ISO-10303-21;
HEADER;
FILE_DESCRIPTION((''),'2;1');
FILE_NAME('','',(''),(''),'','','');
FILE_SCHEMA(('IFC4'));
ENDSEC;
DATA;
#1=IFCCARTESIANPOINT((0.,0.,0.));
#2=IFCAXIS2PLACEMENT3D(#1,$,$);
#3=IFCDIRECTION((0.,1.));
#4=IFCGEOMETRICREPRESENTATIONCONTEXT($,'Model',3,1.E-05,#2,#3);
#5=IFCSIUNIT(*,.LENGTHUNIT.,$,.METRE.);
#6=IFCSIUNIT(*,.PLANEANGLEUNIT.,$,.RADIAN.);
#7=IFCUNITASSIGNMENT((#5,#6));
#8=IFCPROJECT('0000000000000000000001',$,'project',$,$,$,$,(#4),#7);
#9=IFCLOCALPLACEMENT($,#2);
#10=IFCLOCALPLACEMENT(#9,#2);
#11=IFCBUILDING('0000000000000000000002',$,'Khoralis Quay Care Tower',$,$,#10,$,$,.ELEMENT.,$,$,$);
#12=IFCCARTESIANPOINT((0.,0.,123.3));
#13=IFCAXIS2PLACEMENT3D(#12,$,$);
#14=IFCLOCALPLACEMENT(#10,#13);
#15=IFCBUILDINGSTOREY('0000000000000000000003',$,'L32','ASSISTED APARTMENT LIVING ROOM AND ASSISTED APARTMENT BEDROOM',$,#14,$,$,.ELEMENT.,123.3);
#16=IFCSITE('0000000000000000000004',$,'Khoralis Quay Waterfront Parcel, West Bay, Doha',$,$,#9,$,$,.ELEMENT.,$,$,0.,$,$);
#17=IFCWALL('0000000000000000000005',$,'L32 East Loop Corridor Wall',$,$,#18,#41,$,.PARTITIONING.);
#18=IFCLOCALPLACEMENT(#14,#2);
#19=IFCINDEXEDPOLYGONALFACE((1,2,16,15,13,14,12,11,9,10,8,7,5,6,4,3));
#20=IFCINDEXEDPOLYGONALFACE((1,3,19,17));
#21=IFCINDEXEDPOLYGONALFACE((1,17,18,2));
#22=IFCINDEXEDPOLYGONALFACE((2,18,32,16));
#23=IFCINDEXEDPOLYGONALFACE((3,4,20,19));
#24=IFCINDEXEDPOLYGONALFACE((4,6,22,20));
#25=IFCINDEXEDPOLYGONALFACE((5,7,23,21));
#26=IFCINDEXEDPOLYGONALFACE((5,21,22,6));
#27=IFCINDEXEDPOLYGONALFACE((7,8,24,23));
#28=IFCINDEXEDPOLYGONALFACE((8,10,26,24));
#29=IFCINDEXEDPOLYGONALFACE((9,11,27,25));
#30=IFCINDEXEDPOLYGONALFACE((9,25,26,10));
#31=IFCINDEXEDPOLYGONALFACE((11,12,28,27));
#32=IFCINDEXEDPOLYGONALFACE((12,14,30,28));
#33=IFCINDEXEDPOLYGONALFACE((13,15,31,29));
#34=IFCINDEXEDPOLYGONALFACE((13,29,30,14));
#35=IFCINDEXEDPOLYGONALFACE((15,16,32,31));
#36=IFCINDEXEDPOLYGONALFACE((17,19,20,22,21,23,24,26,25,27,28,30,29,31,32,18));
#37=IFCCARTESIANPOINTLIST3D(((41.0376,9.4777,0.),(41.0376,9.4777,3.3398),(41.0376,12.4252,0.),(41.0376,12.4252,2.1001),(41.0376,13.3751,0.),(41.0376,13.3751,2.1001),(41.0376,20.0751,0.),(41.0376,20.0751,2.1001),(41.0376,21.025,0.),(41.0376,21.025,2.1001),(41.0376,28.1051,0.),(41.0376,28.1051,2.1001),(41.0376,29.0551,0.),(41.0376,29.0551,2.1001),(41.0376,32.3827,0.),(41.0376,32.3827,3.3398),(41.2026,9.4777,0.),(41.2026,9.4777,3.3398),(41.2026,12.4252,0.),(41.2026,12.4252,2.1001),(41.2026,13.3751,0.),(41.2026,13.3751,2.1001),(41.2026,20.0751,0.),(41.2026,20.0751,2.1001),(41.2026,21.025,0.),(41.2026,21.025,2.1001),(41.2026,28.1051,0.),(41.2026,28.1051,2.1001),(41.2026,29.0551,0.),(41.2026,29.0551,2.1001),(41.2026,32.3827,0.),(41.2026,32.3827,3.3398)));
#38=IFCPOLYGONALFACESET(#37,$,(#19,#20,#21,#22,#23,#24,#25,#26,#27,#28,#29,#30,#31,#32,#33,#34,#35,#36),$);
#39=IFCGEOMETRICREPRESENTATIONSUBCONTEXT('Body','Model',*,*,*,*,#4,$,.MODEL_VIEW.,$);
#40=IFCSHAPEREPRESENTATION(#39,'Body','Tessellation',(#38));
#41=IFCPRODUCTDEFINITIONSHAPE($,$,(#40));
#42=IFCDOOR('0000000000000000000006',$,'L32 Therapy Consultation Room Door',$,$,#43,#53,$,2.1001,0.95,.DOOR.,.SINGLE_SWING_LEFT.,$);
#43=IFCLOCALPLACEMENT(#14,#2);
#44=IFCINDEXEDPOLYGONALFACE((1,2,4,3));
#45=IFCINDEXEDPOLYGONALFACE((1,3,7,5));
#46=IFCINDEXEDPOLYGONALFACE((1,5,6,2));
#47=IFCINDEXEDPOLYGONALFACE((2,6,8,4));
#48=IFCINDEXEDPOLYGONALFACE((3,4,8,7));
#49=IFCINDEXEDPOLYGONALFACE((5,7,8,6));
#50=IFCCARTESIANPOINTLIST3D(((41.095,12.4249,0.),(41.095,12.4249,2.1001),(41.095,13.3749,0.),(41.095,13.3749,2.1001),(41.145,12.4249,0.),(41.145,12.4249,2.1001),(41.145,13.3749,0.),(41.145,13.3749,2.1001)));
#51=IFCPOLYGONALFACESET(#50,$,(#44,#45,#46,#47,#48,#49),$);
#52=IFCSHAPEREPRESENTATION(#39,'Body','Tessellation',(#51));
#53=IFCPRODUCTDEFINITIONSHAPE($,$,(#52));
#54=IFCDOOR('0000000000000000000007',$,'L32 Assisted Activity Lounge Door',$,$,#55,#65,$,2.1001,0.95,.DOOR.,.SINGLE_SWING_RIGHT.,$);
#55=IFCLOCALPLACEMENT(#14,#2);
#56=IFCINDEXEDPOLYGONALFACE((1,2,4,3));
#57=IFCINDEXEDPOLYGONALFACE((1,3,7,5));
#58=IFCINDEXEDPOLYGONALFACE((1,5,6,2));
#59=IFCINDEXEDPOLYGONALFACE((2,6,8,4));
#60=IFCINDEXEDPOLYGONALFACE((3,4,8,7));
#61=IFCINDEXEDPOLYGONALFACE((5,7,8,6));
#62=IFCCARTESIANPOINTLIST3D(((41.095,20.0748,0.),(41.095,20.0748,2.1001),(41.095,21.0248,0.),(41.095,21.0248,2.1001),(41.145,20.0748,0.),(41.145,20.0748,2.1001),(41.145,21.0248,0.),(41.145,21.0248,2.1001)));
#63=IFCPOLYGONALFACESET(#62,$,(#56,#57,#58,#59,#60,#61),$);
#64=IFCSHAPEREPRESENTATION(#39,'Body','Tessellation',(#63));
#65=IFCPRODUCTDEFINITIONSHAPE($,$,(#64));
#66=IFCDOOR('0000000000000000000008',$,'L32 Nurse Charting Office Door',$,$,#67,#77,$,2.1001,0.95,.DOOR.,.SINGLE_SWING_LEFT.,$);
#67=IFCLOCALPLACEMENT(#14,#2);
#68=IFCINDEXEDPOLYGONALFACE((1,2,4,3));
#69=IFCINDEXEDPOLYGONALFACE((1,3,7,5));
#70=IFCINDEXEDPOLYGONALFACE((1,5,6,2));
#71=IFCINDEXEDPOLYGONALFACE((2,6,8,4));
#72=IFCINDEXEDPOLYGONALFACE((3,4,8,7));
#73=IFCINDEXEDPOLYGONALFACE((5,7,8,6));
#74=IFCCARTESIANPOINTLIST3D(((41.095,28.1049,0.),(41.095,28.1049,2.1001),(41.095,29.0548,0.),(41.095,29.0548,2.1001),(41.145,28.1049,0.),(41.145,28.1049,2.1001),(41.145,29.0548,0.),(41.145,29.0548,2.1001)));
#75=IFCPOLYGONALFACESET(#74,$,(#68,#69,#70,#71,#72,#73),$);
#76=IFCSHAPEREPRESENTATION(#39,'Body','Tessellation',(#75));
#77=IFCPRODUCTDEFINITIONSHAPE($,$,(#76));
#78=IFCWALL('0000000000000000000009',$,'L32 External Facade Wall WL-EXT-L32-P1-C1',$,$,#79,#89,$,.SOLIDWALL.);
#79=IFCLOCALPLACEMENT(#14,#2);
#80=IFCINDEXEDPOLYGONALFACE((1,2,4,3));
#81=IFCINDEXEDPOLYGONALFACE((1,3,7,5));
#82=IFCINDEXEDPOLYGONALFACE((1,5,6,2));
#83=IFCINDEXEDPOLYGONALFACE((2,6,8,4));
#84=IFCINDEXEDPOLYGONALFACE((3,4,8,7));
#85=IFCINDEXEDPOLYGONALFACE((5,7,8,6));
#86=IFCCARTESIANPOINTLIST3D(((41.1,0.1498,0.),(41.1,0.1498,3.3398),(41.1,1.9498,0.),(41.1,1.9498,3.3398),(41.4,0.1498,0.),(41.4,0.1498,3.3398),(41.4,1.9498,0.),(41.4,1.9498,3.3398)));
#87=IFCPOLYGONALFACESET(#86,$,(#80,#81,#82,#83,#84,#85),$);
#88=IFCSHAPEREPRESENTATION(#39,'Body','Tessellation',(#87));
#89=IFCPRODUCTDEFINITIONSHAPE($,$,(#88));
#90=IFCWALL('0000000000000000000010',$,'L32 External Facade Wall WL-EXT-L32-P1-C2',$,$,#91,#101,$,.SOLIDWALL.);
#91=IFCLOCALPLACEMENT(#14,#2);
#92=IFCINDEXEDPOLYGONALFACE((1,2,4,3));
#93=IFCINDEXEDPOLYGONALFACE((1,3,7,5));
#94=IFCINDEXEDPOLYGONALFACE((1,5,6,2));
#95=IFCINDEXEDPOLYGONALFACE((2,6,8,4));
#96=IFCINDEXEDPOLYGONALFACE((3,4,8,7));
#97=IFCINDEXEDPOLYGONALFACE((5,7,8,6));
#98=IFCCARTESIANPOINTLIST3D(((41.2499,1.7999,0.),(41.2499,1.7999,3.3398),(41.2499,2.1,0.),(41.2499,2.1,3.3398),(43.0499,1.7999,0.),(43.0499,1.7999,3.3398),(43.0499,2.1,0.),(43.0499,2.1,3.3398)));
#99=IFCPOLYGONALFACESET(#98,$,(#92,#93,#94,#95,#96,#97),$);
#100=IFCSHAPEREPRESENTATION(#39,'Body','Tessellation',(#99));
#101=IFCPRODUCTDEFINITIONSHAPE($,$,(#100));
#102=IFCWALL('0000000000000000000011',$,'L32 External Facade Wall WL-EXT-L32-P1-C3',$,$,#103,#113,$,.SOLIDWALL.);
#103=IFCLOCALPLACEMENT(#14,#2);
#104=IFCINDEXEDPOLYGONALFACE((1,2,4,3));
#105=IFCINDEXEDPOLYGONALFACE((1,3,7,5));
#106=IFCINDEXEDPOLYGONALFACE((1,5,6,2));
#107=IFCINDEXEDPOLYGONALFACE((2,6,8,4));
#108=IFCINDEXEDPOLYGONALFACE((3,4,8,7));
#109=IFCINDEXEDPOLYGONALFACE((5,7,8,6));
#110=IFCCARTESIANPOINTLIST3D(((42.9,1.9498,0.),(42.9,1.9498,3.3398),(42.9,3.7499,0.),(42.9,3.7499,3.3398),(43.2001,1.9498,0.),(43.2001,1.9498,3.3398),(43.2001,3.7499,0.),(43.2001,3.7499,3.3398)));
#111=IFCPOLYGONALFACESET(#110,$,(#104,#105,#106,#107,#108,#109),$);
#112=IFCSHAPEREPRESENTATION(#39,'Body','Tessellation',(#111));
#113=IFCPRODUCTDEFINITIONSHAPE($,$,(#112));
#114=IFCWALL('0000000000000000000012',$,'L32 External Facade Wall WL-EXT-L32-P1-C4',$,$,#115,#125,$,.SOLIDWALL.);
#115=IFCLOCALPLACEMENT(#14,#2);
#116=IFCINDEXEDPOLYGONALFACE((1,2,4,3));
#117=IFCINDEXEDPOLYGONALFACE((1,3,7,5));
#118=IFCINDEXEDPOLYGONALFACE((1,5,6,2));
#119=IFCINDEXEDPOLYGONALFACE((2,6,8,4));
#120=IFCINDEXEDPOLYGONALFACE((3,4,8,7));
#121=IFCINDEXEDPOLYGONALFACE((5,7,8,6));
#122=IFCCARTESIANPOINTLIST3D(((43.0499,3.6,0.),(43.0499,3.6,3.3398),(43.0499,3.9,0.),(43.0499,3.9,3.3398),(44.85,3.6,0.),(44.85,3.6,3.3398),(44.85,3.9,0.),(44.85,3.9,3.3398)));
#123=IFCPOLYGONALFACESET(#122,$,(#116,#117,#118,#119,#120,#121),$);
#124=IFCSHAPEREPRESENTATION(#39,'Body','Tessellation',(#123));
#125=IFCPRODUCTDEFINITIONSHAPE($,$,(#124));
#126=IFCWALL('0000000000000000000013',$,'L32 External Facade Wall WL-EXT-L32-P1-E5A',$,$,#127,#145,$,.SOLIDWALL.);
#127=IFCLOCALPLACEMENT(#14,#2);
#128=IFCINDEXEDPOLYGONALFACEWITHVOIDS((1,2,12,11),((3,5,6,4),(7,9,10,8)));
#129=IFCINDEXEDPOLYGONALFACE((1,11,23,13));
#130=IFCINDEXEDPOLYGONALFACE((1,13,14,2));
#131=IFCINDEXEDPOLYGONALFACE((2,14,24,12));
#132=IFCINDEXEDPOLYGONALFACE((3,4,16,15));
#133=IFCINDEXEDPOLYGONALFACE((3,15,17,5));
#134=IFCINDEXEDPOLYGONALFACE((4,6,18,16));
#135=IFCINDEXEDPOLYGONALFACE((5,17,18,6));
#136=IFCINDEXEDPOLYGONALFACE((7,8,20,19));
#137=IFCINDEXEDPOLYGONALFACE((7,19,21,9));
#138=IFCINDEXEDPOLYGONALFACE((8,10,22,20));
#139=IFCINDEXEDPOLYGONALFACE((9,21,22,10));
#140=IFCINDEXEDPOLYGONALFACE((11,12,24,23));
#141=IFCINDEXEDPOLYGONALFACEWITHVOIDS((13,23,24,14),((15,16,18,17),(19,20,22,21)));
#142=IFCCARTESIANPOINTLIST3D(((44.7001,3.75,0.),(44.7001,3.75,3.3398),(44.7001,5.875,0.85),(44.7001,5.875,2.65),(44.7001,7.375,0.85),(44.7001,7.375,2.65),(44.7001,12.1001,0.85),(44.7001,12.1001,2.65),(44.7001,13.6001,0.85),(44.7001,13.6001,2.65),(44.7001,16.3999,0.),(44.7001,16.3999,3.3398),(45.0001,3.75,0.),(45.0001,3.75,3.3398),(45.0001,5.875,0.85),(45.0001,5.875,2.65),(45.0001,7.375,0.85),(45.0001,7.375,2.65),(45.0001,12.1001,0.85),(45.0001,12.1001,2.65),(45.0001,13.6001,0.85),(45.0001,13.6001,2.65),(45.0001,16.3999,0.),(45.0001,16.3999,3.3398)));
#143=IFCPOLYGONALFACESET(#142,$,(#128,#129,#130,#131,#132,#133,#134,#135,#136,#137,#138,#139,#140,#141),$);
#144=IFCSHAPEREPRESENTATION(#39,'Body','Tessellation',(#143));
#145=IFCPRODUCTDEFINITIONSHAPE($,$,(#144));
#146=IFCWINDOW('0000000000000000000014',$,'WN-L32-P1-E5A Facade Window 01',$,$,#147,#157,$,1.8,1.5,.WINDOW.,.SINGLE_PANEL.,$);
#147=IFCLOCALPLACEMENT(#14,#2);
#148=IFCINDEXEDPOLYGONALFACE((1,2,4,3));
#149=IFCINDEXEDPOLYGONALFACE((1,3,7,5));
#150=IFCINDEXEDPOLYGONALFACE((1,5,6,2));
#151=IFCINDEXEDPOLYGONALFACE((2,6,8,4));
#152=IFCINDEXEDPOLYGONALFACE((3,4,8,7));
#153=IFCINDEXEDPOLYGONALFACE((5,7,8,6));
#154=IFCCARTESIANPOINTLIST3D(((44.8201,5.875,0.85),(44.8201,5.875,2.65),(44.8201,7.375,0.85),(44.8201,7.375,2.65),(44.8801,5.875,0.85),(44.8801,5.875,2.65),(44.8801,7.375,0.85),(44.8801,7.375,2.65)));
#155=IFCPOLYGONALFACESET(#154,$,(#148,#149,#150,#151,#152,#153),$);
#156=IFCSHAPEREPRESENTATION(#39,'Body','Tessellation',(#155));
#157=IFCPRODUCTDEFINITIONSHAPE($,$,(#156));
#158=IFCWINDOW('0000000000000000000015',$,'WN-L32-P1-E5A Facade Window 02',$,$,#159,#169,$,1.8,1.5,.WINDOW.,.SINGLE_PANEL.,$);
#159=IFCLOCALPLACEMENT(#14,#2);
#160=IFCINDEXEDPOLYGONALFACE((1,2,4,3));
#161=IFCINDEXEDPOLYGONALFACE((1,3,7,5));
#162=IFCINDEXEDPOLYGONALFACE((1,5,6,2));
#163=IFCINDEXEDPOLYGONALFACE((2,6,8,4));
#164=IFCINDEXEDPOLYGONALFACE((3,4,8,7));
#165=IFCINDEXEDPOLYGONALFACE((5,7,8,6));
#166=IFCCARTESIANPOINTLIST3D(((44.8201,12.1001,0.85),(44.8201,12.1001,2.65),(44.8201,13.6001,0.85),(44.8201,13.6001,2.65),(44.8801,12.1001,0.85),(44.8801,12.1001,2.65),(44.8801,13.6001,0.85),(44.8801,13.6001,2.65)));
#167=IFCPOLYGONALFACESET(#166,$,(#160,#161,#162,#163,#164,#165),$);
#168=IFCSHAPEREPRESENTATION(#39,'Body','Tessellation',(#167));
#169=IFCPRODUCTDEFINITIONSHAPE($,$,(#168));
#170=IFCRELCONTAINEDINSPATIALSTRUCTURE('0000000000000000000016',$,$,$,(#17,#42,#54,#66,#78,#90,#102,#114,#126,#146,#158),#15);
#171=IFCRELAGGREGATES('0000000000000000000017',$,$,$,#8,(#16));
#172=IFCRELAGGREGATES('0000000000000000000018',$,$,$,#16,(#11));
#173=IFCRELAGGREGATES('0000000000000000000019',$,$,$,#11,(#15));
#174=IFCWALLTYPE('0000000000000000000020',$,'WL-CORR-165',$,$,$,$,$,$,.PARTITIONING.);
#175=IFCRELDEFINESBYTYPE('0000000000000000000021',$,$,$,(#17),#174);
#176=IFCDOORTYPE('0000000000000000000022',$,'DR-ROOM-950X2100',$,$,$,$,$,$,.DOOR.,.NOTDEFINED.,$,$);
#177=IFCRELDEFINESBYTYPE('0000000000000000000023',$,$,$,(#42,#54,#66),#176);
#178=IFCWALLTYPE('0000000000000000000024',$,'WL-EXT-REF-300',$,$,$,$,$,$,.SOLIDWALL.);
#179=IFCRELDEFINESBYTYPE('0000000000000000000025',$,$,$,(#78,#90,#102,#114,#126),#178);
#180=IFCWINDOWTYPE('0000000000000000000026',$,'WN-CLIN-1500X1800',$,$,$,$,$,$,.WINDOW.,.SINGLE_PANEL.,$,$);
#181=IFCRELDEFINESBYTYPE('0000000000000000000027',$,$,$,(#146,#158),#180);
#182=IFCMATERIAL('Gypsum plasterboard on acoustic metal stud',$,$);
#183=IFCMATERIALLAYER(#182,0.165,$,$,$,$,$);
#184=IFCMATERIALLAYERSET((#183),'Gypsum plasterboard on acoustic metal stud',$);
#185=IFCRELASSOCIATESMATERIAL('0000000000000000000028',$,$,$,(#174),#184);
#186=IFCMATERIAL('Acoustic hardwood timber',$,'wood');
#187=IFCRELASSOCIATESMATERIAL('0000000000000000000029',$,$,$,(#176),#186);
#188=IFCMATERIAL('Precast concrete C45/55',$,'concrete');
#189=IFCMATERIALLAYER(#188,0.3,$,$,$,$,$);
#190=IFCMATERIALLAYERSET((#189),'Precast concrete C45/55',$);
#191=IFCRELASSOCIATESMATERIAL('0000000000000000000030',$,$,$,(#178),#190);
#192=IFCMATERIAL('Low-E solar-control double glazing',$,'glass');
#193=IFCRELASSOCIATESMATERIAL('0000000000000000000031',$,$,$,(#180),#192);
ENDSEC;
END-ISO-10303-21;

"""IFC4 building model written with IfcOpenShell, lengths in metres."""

from ifc_helpers import new_model, si_unit, direction, frame, frame_2d, origin, place, context, subcontext, project, spatial, rectangle, extrude, source, transform, mapped, material, layer, layer_set, type_object, element, fill, save


model = new_model("IFC4")

# Units and contexts
model_context = context("Model", 3, precision=1e-05, world=origin(), true_north=direction((0.0, 1.0)))
body_context = subcontext(model_context, "Body", "Model", "MODEL_VIEW")
ifc_project = project(units=[si_unit("LENGTHUNIT", "METRE"), si_unit("PLANEANGLEUNIT", "RADIAN")], contexts=[model_context])

# Site, building, storey
site_placement = place(None, origin())
site = spatial("IfcSite", under=ifc_project, at=site_placement, Name="Khoralis Quay Waterfront Parcel, West Bay, Doha", CompositionType="ELEMENT", RefElevation=0.0)
building_placement = place(site_placement, origin())
building = spatial("IfcBuilding", under=site, at=building_placement, Name="Khoralis Quay Care Tower", CompositionType="ELEMENT")
storey_placement = place(building_placement, frame((0.0, 0.0, 123.3)))
storey = spatial("IfcBuildingStorey", under=building, at=storey_placement, Name="L32", Description="ASSISTED APARTMENT LIVING ROOM AND ASSISTED APARTMENT BEDROOM", CompositionType="ELEMENT", Elevation=123.3)

# Shared definitions
ifc_material_1 = material(Name="Gypsum plasterboard on acoustic metal stud")

# Wall, openings, doors
ifc_layer_1 = layer(ifc_material_1, 0.165)
ifc_layer_set_1 = layer_set([ifc_layer_1], Name="Gypsum plasterboard on acoustic metal stud")
wall_type_1 = type_object("IfcWallType", Name="WL-CORR-165", PredefinedType="PARTITIONING", material=ifc_layer_set_1)
wall_1_placement = place(storey_placement, frame((41.1201, 9.4775, 0.0), z_axis=(0.0, 0.0, 1.0), x_axis=(0.0, 1.0, 0.0)))
wall_1 = element("IfcWall", 1, at=wall_1_placement, inside=storey, type_object=wall_type_1, Name="L32 East Loop Corridor Wall", PredefinedType="PARTITIONING", context=body_context, shape_type="SweptSolid", body=[
    extrude(rectangle(XDim=22.905, YDim=0.165, at=frame_2d((11.4526, 0.0))), origin(), (0.0, 0.0, 1.0), 3.3398),
])
opening_1_placement = place(wall_1_placement, frame((2.9475, 0.0, 0.0)))
opening_1 = element("IfcOpeningElement", 2, at=opening_1_placement, cuts=wall_1, PredefinedType="OPENING", context=body_context, shape_type="SweptSolid", body=[
    extrude(rectangle(XDim=0.95, YDim=2.1001, at=frame_2d((0.4751, 1.05))), frame((0.0, 0.0925, 0.0), z_axis=(0.0, -1.0, 0.0), x_axis=(1.0, 0.0, 0.0)), (0.0, 0.0, 1.0), 0.1851),
])
opening_2_placement = place(wall_1_placement, frame((10.5974, 0.0, 0.0)))
opening_2 = element("IfcOpeningElement", 3, at=opening_2_placement, cuts=wall_1, PredefinedType="OPENING", context=body_context, shape_type="SweptSolid", body=[
    extrude(rectangle(XDim=0.95, YDim=2.1001, at=frame_2d((0.4751, 1.05))), frame((0.0, 0.0925, 0.0), z_axis=(0.0, -1.0, 0.0), x_axis=(1.0, 0.0, 0.0)), (0.0, 0.0, 1.0), 0.1851),
])
opening_3_placement = place(wall_1_placement, frame((18.6274, 0.0, 0.0)))
opening_3 = element("IfcOpeningElement", 4, at=opening_3_placement, cuts=wall_1, PredefinedType="OPENING", context=body_context, shape_type="SweptSolid", body=[
    extrude(rectangle(XDim=0.95, YDim=2.1001, at=frame_2d((0.4751, 1.05))), frame((0.0, 0.0925, 0.0), z_axis=(0.0, -1.0, 0.0), x_axis=(1.0, 0.0, 0.0)), (0.0, 0.0, 1.0), 0.1851),
])
ifc_material_2 = material(Name="Acoustic hardwood timber", Category="wood")
door_type_1 = type_object("IfcDoorType", Name="DR-ROOM-950X2100", OperationType="NOTDEFINED", PredefinedType="DOOR", material=ifc_material_2)
shared_shape_1 = source(origin(), body_context, "Body", "SweptSolid", [
    extrude(rectangle(XDim=0.95, YDim=2.1001, at=frame_2d((0.4751, 1.05))), frame((0.0, 0.0249, 0.0), z_axis=(0.0, -1.0, 0.0), x_axis=(1.0, 0.0, 0.0)), (0.0, 0.0, 1.0), 0.05),
])
door_1_placement = place(opening_1_placement, frame((0.95, 0.0, 0.0), z_axis=(0.0, 0.0, 1.0), x_axis=(-1.0, 0.0, 0.0)))
door_1 = element("IfcDoor", 5, at=door_1_placement, inside=storey, type_object=door_type_1, Name="L32 Therapy Consultation Room Door", OperationType="SINGLE_SWING_LEFT", OverallHeight=2.1001, OverallWidth=0.95, PredefinedType="DOOR", context=body_context, shape_type="MappedRepresentation", body=[
    mapped(shared_shape_1, transform((0.0, 0.0, 0.0), scale=1.0)),
])
fill(opening_1, door_1)
door_2_placement = place(opening_2_placement, frame((0.95, 0.0, 0.0), z_axis=(0.0, 0.0, 1.0), x_axis=(-1.0, 0.0, 0.0)))
door_2 = element("IfcDoor", 6, at=door_2_placement, inside=storey, type_object=door_type_1, Name="L32 Assisted Activity Lounge Door", OperationType="SINGLE_SWING_RIGHT", OverallHeight=2.1001, OverallWidth=0.95, PredefinedType="DOOR", context=body_context, shape_type="MappedRepresentation", body=[
    mapped(shared_shape_1, transform((0.0, 0.0, 0.0), scale=1.0)),
])
fill(opening_2, door_2)
door_3_placement = place(opening_3_placement, frame((0.95, 0.0, 0.0), z_axis=(0.0, 0.0, 1.0), x_axis=(-1.0, 0.0, 0.0)))
door_3 = element("IfcDoor", 7, at=door_3_placement, inside=storey, type_object=door_type_1, Name="L32 Nurse Charting Office Door", OperationType="SINGLE_SWING_LEFT", OverallHeight=2.1001, OverallWidth=0.95, PredefinedType="DOOR", context=body_context, shape_type="MappedRepresentation", body=[
    mapped(shared_shape_1, transform((0.0, 0.0, 0.0), scale=1.0)),
])
fill(opening_3, door_3)

# Walls
ifc_material_3 = material(Name="Precast concrete C45/55", Category="concrete")
ifc_layer_2 = layer(ifc_material_3, 0.3)
ifc_layer_set_2 = layer_set([ifc_layer_2], Name="Precast concrete C45/55")
wall_type_2 = type_object("IfcWallType", Name="WL-EXT-REF-300", PredefinedType="SOLIDWALL", material=ifc_layer_set_2)
for number, where, z_axis, x_axis, name in (
    (8, (41.25, 0.1499, 0.0), (0.0, 0.0, 1.0), (0.0, 1.0, 0.0), "L32 External Facade Wall WL-EXT-L32-P1-C1"),
    (9, (41.25, 1.95, 0.0), (0.0, 0.0, 1.0), (1.0, 0.0, 0.0), "L32 External Facade Wall WL-EXT-L32-P1-C2"),
    (10, (43.05, 1.95, 0.0), (0.0, 0.0, 1.0), (0.0, 1.0, 0.0), "L32 External Facade Wall WL-EXT-L32-P1-C3"),
    (11, (43.05, 3.75, 0.0), (0.0, 0.0, 1.0), (1.0, 0.0, 0.0), "L32 External Facade Wall WL-EXT-L32-P1-C4"),
):
    element("IfcWall", number, at=place(storey_placement, frame(where, z_axis=z_axis, x_axis=x_axis)), inside=storey, type_object=wall_type_2, Name=name, PredefinedType="SOLIDWALL", context=body_context, shape_type="SweptSolid", body=[
        extrude(rectangle(XDim=1.8, YDim=0.3, at=frame_2d((0.8999, 0.0))), origin(), (0.0, 0.0, 1.0), 3.3398),
    ])

# Wall, openings, windows
wall_2_placement = place(storey_placement, frame((44.8501, 3.75, 0.0), z_axis=(0.0, 0.0, 1.0), x_axis=(0.0, 1.0, 0.0)))
wall_2 = element("IfcWall", 12, at=wall_2_placement, inside=storey, type_object=wall_type_2, Name="L32 External Facade Wall WL-EXT-L32-P1-E5A", PredefinedType="SOLIDWALL", context=body_context, shape_type="SweptSolid", body=[
    extrude(rectangle(XDim=12.6499, YDim=0.3, at=frame_2d((6.325, 0.0))), origin(), (0.0, 0.0, 1.0), 3.3398),
])
opening_4_placement = place(wall_2_placement, frame((2.125, 0.0, 0.8501)))
opening_4 = element("IfcOpeningElement", 13, at=opening_4_placement, cuts=wall_2, PredefinedType="OPENING", context=body_context, shape_type="SweptSolid", body=[
    extrude(rectangle(XDim=1.5, YDim=1.8, at=frame_2d((0.75, 0.8999))), frame((0.0, 0.1602, 0.0), z_axis=(0.0, -1.0, 0.0), x_axis=(1.0, 0.0, 0.0)), (0.0, 0.0, 1.0), 0.3201),
])
opening_5_placement = place(wall_2_placement, frame((8.3501, 0.0, 0.8501)))
opening_5 = element("IfcOpeningElement", 14, at=opening_5_placement, cuts=wall_2, PredefinedType="OPENING", context=body_context, shape_type="SweptSolid", body=[
    extrude(rectangle(XDim=1.5, YDim=1.8, at=frame_2d((0.75, 0.8999))), frame((0.0, 0.1602, 0.0), z_axis=(0.0, -1.0, 0.0), x_axis=(1.0, 0.0, 0.0)), (0.0, 0.0, 1.0), 0.3201),
])
ifc_material_4 = material(Name="Low-E solar-control double glazing", Category="glass")
window_type = type_object("IfcWindowType", Name="WN-CLIN-1500X1800", PartitioningType="SINGLE_PANEL", PredefinedType="WINDOW", material=ifc_material_4)
shared_shape_2 = source(origin(), body_context, "Body", "SweptSolid", [
    extrude(rectangle(XDim=1.5, YDim=1.8, at=frame_2d((0.75, 0.8999))), frame((0.0, 0.03, 0.0), z_axis=(0.0, -1.0, 0.0), x_axis=(1.0, 0.0, 0.0)), (0.0, 0.0, 1.0), 0.0601),
])
window_1_placement = place(opening_4_placement, origin())
window_1 = element("IfcWindow", 15, at=window_1_placement, inside=storey, type_object=window_type, Name="WN-L32-P1-E5A Facade Window 01", OverallHeight=1.8, OverallWidth=1.5, PartitioningType="SINGLE_PANEL", PredefinedType="WINDOW", context=body_context, shape_type="MappedRepresentation", body=[
    mapped(shared_shape_2, transform((0.0, 0.0, 0.0), scale=1.0)),
])
fill(opening_4, window_1)
window_2_placement = place(opening_5_placement, origin())
window_2 = element("IfcWindow", 16, at=window_2_placement, inside=storey, type_object=window_type, Name="WN-L32-P1-E5A Facade Window 02", OverallHeight=1.8, OverallWidth=1.5, PartitioningType="SINGLE_PANEL", PredefinedType="WINDOW", context=body_context, shape_type="MappedRepresentation", body=[
    mapped(shared_shape_2, transform((0.0, 0.0, 0.0), scale=1.0)),
])
fill(opening_5, window_2)

save(model, "model.ifc")
